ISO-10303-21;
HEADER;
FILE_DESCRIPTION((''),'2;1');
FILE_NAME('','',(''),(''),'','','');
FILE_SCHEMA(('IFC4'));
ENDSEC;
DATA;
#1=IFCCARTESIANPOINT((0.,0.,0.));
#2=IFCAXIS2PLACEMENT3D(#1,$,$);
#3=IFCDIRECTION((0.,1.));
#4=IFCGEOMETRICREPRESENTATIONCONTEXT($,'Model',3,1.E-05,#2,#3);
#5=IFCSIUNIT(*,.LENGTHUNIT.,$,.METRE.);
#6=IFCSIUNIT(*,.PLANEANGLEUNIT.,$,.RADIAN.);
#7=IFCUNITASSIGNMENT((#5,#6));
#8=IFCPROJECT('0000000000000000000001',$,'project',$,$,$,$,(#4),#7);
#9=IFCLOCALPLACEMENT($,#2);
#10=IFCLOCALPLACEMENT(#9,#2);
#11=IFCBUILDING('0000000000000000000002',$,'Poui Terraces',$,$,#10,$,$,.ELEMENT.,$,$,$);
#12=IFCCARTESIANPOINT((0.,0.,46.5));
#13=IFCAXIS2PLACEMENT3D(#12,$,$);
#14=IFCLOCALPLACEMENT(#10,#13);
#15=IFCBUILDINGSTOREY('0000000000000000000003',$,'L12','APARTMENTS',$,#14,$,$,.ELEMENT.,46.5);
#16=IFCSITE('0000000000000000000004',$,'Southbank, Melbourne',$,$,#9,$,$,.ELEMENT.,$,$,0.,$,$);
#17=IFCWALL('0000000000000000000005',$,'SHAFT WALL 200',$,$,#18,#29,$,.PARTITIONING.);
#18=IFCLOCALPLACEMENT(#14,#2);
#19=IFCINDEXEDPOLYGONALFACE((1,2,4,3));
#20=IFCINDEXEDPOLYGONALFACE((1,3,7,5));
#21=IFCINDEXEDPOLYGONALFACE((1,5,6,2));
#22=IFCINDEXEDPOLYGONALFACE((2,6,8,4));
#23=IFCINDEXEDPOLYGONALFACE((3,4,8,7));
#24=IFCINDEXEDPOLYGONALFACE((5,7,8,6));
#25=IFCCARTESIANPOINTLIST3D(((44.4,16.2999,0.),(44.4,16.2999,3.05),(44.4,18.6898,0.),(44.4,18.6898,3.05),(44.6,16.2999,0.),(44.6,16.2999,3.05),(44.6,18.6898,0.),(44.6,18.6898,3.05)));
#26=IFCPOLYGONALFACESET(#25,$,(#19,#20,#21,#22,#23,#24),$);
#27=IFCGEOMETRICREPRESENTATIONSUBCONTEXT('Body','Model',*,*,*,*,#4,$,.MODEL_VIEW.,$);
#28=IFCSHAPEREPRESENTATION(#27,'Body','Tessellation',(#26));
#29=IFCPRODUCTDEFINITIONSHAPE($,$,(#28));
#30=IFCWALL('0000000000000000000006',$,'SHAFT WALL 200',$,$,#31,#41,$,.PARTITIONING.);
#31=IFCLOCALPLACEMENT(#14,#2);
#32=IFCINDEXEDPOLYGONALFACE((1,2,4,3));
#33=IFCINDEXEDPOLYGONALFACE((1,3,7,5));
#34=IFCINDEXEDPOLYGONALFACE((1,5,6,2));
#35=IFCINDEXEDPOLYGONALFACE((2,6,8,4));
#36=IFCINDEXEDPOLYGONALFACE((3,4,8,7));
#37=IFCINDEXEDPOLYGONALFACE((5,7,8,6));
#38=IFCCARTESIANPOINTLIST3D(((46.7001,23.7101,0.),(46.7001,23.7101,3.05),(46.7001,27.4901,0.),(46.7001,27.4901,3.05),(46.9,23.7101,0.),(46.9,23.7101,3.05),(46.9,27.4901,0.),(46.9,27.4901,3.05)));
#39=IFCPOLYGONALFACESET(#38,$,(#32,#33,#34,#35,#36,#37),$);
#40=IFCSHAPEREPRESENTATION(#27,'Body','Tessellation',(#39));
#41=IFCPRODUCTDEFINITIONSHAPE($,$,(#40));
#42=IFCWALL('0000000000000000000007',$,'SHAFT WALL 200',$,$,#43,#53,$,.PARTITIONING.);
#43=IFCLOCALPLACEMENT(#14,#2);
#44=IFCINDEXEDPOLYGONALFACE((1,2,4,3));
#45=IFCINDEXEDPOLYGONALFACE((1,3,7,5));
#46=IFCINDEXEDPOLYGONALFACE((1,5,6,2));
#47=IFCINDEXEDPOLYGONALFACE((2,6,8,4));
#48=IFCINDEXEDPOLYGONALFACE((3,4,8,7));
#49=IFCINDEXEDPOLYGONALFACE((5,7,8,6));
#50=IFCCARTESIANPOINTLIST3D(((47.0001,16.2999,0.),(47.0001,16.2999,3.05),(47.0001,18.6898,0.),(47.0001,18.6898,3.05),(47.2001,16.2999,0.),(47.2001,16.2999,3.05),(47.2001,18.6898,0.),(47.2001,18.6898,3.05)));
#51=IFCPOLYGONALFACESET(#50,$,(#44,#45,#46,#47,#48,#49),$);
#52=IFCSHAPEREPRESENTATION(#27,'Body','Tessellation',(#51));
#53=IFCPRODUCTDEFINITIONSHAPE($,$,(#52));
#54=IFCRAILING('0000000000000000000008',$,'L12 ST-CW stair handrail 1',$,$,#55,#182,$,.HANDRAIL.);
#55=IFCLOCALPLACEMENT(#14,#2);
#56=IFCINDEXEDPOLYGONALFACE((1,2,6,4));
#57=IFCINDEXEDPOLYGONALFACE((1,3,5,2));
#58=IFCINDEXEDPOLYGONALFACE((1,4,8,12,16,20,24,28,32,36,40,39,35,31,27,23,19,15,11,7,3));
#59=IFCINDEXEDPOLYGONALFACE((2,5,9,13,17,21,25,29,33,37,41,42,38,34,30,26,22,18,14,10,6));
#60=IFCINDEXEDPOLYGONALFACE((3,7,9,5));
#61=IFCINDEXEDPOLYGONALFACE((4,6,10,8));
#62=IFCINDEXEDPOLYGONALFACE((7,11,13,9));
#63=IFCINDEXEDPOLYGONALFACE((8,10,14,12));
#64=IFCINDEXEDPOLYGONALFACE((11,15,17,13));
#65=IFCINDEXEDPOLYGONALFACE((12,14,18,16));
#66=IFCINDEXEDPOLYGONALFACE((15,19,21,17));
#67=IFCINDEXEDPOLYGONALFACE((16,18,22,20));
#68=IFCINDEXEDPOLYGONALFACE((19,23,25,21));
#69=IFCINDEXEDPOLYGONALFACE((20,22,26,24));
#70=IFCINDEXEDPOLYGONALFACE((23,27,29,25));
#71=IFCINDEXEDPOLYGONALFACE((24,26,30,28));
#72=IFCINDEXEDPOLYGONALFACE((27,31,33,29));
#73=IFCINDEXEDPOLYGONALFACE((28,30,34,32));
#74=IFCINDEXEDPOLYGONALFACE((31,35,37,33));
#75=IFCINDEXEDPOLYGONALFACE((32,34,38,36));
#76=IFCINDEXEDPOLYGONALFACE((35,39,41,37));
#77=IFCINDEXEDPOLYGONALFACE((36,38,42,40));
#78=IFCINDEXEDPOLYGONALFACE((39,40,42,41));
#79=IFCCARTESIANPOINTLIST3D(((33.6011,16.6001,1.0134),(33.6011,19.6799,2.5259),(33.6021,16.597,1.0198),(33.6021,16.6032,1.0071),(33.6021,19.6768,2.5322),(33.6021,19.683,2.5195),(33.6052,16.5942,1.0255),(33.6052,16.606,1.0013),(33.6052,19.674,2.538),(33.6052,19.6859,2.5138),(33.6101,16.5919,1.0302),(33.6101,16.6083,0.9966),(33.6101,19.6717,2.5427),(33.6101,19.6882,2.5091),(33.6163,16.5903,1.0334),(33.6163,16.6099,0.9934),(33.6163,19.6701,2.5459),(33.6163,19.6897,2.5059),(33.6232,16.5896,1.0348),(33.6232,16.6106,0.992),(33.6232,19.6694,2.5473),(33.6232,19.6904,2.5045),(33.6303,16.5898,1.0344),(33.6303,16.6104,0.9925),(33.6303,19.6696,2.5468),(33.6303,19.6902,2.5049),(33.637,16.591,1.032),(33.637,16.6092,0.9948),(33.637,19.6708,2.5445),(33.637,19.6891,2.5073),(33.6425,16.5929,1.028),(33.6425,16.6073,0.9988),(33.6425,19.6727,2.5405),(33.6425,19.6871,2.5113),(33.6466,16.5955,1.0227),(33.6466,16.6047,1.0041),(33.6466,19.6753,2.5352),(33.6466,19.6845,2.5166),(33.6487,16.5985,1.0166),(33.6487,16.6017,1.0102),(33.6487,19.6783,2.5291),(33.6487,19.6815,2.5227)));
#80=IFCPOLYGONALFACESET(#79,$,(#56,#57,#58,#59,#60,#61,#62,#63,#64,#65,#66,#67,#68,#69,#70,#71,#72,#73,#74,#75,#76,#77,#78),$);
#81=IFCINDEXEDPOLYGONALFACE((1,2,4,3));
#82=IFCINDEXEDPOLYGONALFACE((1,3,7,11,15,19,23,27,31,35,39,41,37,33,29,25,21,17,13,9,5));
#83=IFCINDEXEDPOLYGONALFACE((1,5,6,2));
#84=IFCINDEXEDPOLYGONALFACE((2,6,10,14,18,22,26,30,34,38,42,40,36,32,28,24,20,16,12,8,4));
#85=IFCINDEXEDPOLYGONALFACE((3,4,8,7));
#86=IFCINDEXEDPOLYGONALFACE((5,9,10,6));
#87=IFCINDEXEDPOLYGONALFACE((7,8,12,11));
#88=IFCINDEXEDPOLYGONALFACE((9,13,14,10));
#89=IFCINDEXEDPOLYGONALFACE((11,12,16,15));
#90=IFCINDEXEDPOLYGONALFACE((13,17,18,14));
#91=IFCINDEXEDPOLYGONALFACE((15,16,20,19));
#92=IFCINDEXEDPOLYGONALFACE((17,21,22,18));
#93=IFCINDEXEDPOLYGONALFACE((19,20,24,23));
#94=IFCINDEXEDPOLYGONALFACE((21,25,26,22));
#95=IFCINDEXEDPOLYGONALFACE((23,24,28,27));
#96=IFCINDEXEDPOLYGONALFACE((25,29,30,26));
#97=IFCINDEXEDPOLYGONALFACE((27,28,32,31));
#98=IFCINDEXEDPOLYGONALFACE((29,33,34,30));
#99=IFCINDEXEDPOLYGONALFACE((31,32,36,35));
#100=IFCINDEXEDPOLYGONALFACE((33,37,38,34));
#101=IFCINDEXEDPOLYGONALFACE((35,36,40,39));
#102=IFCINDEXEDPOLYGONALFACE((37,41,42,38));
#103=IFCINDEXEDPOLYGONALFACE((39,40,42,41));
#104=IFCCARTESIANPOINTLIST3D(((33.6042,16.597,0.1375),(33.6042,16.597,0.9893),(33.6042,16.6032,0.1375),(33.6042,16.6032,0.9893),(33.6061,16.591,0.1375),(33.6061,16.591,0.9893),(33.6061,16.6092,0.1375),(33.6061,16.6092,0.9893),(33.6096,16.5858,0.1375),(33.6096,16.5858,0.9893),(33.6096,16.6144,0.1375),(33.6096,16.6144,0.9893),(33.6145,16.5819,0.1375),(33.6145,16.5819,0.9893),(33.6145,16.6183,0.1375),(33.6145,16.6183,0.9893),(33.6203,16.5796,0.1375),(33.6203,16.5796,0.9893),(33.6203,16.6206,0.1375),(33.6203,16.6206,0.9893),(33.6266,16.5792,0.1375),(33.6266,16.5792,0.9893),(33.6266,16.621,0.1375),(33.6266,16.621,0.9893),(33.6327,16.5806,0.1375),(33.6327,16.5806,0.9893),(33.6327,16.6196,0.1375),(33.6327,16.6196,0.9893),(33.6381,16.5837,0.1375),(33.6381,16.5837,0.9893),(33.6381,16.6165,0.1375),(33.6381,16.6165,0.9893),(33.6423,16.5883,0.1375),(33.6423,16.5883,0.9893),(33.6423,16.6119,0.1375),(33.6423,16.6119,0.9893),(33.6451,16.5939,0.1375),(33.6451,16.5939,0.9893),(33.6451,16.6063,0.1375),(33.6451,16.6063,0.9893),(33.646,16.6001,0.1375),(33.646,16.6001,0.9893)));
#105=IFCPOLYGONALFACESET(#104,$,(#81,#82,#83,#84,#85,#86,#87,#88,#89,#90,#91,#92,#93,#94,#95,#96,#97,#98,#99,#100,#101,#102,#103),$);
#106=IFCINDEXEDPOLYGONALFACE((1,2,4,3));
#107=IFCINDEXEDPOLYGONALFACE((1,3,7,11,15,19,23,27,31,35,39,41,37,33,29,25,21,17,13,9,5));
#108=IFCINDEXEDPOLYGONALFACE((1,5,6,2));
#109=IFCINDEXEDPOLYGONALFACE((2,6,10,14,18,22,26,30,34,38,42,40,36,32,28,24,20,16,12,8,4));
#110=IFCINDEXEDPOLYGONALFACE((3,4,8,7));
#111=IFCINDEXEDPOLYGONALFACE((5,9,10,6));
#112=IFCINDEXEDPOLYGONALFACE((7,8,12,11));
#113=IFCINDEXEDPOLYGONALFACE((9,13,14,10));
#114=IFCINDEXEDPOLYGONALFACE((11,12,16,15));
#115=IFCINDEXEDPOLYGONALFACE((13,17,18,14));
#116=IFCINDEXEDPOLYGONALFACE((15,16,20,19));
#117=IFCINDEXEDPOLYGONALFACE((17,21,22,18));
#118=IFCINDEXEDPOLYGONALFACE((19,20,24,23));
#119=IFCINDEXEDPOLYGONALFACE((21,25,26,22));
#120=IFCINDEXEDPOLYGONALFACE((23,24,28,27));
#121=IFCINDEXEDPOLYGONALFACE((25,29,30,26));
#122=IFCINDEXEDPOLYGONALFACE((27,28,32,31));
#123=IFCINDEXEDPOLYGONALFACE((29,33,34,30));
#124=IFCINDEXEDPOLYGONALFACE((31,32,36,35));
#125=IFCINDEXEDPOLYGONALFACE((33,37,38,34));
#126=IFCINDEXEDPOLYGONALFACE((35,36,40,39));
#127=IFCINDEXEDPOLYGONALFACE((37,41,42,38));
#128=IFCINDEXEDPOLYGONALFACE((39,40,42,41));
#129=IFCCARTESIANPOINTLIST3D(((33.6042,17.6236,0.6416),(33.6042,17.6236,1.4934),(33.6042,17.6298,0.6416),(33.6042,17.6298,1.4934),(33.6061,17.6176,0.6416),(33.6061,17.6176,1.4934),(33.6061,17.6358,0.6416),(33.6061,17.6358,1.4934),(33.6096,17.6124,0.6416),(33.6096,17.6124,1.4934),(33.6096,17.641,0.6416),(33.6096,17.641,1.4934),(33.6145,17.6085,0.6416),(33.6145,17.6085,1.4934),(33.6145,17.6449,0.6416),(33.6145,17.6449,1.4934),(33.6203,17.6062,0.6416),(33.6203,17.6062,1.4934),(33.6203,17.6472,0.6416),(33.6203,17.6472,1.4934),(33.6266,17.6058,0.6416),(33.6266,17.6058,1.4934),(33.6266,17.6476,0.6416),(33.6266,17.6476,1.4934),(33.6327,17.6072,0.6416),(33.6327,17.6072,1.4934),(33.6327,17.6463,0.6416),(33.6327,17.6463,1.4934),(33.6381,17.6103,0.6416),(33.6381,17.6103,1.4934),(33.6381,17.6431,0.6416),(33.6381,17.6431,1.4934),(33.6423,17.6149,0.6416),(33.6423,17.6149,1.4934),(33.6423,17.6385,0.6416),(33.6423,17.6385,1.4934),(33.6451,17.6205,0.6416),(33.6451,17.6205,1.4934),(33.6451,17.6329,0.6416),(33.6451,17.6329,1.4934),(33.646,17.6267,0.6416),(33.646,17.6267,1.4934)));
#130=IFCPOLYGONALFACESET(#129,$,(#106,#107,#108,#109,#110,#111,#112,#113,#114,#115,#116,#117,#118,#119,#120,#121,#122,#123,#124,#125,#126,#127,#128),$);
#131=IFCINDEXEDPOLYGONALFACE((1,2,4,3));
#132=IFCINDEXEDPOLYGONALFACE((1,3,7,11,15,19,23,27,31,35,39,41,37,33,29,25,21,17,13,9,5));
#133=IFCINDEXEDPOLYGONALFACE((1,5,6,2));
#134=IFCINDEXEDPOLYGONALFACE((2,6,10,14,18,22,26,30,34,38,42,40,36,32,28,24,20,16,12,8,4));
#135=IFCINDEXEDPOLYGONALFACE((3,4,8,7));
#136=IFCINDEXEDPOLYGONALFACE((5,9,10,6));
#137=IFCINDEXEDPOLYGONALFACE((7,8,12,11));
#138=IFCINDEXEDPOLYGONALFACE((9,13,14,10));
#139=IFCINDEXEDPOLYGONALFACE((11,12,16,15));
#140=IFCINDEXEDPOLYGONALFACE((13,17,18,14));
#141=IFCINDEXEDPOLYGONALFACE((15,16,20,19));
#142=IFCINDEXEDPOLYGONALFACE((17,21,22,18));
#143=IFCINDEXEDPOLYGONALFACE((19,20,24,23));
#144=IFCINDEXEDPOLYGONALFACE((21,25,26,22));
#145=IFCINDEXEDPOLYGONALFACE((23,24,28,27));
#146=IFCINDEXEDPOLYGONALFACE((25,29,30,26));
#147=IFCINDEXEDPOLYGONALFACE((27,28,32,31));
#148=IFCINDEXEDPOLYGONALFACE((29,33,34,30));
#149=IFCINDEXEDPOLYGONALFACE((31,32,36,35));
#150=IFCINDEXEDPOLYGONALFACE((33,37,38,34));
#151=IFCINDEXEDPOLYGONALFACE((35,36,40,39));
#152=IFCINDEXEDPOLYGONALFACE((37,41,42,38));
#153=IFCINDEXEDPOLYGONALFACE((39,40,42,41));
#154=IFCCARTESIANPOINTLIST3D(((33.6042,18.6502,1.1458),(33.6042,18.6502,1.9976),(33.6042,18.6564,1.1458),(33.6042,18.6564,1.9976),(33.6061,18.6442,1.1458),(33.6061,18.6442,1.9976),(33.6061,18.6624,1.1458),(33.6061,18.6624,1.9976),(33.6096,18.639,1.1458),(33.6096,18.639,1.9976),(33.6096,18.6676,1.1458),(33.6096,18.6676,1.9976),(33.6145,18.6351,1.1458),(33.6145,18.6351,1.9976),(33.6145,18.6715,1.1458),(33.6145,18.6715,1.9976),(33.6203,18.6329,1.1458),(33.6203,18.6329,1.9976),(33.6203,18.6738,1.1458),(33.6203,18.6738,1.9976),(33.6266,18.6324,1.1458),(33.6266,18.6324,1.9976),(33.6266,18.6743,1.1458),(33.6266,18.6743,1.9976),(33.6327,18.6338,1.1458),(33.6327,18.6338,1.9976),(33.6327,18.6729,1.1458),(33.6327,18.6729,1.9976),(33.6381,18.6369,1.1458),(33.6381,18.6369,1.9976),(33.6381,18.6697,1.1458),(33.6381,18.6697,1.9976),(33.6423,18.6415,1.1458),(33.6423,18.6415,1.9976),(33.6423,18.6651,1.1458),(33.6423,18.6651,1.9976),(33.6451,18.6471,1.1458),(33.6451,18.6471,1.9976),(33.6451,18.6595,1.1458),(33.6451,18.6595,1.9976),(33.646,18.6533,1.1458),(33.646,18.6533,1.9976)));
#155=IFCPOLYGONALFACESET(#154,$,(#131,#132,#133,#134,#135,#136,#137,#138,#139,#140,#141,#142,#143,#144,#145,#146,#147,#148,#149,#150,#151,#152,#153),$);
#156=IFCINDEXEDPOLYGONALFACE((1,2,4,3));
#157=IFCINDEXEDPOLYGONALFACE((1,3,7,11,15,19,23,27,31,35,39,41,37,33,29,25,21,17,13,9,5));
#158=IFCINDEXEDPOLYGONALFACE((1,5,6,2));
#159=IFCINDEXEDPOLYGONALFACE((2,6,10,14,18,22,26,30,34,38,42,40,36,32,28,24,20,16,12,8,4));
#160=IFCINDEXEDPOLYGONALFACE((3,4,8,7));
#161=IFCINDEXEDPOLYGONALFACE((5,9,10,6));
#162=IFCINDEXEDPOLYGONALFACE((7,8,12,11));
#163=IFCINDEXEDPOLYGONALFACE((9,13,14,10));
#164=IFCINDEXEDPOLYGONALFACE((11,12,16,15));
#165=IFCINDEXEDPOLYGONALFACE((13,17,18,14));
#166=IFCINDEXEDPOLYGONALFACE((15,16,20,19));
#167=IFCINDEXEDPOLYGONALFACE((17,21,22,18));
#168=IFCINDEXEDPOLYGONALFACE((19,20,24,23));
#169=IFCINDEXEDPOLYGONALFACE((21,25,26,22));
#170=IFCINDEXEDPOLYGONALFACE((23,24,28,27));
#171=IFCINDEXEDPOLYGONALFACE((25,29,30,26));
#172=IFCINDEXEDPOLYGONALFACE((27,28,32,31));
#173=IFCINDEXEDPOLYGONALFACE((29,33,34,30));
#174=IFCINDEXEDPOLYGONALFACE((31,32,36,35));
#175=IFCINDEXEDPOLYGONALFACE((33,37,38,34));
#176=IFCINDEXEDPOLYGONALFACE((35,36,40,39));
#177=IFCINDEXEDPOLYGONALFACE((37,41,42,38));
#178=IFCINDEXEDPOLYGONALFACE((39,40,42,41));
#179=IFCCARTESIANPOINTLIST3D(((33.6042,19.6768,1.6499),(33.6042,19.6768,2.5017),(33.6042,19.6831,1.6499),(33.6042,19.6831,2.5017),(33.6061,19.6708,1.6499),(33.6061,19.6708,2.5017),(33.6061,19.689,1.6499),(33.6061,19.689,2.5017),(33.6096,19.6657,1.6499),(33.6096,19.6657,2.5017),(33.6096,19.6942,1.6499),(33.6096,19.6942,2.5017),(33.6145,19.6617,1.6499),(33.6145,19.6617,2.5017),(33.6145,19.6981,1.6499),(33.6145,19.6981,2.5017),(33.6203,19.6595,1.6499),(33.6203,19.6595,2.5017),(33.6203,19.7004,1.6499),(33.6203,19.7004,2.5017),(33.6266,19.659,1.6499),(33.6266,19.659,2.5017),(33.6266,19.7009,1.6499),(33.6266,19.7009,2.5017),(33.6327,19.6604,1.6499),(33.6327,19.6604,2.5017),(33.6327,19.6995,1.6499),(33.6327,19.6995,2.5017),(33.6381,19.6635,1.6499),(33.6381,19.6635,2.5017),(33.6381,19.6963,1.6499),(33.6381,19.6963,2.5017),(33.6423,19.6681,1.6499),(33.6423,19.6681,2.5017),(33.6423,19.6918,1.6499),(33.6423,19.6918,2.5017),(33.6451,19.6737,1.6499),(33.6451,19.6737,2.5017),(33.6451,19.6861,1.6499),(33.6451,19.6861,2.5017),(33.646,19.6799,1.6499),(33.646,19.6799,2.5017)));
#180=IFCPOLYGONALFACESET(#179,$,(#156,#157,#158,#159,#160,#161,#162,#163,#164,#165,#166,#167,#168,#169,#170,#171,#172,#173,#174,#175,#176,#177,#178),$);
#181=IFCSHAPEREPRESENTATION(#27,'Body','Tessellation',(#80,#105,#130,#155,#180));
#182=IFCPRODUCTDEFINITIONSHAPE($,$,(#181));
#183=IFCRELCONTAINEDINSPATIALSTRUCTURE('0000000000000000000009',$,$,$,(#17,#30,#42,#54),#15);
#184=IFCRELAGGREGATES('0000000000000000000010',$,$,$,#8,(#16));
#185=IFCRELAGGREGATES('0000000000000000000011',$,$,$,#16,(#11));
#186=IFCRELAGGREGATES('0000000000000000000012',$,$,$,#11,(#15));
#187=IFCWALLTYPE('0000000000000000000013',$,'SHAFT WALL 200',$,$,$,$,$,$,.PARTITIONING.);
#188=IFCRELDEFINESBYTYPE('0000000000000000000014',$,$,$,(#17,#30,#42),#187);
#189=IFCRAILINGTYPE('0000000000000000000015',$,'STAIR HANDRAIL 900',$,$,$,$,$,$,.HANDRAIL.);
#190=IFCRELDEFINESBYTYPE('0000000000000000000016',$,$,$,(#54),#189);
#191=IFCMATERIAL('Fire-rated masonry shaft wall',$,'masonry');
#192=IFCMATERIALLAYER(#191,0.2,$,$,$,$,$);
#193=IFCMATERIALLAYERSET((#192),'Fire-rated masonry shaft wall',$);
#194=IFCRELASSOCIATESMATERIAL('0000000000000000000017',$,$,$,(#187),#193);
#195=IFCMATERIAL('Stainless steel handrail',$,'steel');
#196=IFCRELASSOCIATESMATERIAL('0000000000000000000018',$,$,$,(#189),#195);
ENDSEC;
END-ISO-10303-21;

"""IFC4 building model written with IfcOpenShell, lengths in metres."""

from ifc_helpers import new_model, si_unit, direction, frame, frame_2d, origin, origin_2d, place, context, subcontext, project, spatial, rectangle, circle, extrude, material, layer, layer_set, type_object, element, save


model = new_model("IFC4")

# Units and contexts
model_context = context("Model", 3, precision=1e-05, world=origin(), true_north=direction((0.0, 1.0)))
body_context = subcontext(model_context, "Body", "Model", "MODEL_VIEW")
ifc_project = project(units=[si_unit("LENGTHUNIT", "METRE"), si_unit("PLANEANGLEUNIT", "RADIAN")], contexts=[model_context])

# Site, building, storey
site_placement = place(None, origin())
site = spatial("IfcSite", under=ifc_project, at=site_placement, Name="Southbank, Melbourne", CompositionType="ELEMENT", RefElevation=0.0)
building_placement = place(site_placement, origin())
building = spatial("IfcBuilding", under=site, at=building_placement, Name="Poui Terraces", CompositionType="ELEMENT")
storey_placement = place(building_placement, frame((0.0, 0.0, 46.5)))
storey = spatial("IfcBuildingStorey", under=building, at=storey_placement, Name="L12", Description="APARTMENTS", CompositionType="ELEMENT", Elevation=46.5)

# Shared definitions
ifc_material_1 = material(Name="Fire-rated masonry shaft wall", Category="masonry")
ifc_layer_1 = layer(ifc_material_1, 0.2)
ifc_layer_set_1 = layer_set([ifc_layer_1], Name="Fire-rated masonry shaft wall")
wall_type_1 = type_object("IfcWallType", Name="SHAFT WALL 200", PredefinedType="PARTITIONING", material=ifc_layer_set_1)

# Walls
wall_1_placement = place(storey_placement, frame((44.5, 16.3, 0.0), z_axis=(0.0, 0.0, 1.0), x_axis=(0.0, 1.0, 0.0)))
element("IfcWall", 1, at=wall_1_placement, inside=storey, type_object=wall_type_1, Name="SHAFT WALL 200", PredefinedType="PARTITIONING", context=body_context, shape_type="SweptSolid", body=[
    extrude(rectangle(XDim=2.3899, YDim=0.2, at=frame_2d((1.1948, 0.0))), origin(), (0.0, 0.0, 1.0), 3.05),
])
wall_2_placement = place(storey_placement, frame((46.8, 23.71, 0.0), z_axis=(0.0, 0.0, 1.0), x_axis=(0.0, 1.0, 0.0)))
element("IfcWall", 2, at=wall_2_placement, inside=storey, type_object=wall_type_1, Name="SHAFT WALL 200", PredefinedType="PARTITIONING", context=body_context, shape_type="SweptSolid", body=[
    extrude(rectangle(XDim=3.78, YDim=0.2, at=frame_2d((1.8901, 0.0))), origin(), (0.0, 0.0, 1.0), 3.05),
])
wall_3_placement = place(storey_placement, frame((47.1001, 16.3, 0.0), z_axis=(0.0, 0.0, 1.0), x_axis=(0.0, 1.0, 0.0)))
element("IfcWall", 3, at=wall_3_placement, inside=storey, type_object=wall_type_1, Name="SHAFT WALL 200", PredefinedType="PARTITIONING", context=body_context, shape_type="SweptSolid", body=[
    extrude(rectangle(XDim=2.3899, YDim=0.2, at=frame_2d((1.1948, 0.0))), origin(), (0.0, 0.0, 1.0), 3.05),
])

# Railing
ifc_material_2 = material(Name="Stainless steel handrail", Category="steel")
railing_type = type_object("IfcRailingType", Name="STAIR HANDRAIL 900", PredefinedType="HANDRAIL", material=ifc_material_2)
railing_placement = place(storey_placement, frame((33.625, 16.6001, 0.1375)))
element("IfcRailing", 4, at=railing_placement, inside=storey, type_object=railing_type, Name="L12 ST-CW stair handrail 1", PredefinedType="HANDRAIL", context=body_context, shape_type="SweptSolid", body=[
    extrude(circle(Radius=0.0239, at=origin_2d()), frame((0.0, 0.0, 0.876), z_axis=(0.0, 0.897606, 0.440798), x_axis=(-1.0, 0.0, 0.0)), (0.0, 0.0, 1.0), 3.4312),
    extrude(circle(Radius=0.021, at=origin_2d()), origin(), (0.0, 0.0, 1.0), 0.8518),
    extrude(circle(Radius=0.021, at=origin_2d()), frame((0.0, 1.0266, 0.5042)), (0.0, 0.0, 1.0), 0.8518),
    extrude(circle(Radius=0.021, at=origin_2d()), frame((0.0, 2.0532, 1.0083)), (0.0, 0.0, 1.0), 0.8518),
    extrude(circle(Radius=0.021, at=origin_2d()), frame((0.0, 3.0798, 1.5125)), (0.0, 0.0, 1.0), 0.8518),
])

save(model, "model.ifc")
